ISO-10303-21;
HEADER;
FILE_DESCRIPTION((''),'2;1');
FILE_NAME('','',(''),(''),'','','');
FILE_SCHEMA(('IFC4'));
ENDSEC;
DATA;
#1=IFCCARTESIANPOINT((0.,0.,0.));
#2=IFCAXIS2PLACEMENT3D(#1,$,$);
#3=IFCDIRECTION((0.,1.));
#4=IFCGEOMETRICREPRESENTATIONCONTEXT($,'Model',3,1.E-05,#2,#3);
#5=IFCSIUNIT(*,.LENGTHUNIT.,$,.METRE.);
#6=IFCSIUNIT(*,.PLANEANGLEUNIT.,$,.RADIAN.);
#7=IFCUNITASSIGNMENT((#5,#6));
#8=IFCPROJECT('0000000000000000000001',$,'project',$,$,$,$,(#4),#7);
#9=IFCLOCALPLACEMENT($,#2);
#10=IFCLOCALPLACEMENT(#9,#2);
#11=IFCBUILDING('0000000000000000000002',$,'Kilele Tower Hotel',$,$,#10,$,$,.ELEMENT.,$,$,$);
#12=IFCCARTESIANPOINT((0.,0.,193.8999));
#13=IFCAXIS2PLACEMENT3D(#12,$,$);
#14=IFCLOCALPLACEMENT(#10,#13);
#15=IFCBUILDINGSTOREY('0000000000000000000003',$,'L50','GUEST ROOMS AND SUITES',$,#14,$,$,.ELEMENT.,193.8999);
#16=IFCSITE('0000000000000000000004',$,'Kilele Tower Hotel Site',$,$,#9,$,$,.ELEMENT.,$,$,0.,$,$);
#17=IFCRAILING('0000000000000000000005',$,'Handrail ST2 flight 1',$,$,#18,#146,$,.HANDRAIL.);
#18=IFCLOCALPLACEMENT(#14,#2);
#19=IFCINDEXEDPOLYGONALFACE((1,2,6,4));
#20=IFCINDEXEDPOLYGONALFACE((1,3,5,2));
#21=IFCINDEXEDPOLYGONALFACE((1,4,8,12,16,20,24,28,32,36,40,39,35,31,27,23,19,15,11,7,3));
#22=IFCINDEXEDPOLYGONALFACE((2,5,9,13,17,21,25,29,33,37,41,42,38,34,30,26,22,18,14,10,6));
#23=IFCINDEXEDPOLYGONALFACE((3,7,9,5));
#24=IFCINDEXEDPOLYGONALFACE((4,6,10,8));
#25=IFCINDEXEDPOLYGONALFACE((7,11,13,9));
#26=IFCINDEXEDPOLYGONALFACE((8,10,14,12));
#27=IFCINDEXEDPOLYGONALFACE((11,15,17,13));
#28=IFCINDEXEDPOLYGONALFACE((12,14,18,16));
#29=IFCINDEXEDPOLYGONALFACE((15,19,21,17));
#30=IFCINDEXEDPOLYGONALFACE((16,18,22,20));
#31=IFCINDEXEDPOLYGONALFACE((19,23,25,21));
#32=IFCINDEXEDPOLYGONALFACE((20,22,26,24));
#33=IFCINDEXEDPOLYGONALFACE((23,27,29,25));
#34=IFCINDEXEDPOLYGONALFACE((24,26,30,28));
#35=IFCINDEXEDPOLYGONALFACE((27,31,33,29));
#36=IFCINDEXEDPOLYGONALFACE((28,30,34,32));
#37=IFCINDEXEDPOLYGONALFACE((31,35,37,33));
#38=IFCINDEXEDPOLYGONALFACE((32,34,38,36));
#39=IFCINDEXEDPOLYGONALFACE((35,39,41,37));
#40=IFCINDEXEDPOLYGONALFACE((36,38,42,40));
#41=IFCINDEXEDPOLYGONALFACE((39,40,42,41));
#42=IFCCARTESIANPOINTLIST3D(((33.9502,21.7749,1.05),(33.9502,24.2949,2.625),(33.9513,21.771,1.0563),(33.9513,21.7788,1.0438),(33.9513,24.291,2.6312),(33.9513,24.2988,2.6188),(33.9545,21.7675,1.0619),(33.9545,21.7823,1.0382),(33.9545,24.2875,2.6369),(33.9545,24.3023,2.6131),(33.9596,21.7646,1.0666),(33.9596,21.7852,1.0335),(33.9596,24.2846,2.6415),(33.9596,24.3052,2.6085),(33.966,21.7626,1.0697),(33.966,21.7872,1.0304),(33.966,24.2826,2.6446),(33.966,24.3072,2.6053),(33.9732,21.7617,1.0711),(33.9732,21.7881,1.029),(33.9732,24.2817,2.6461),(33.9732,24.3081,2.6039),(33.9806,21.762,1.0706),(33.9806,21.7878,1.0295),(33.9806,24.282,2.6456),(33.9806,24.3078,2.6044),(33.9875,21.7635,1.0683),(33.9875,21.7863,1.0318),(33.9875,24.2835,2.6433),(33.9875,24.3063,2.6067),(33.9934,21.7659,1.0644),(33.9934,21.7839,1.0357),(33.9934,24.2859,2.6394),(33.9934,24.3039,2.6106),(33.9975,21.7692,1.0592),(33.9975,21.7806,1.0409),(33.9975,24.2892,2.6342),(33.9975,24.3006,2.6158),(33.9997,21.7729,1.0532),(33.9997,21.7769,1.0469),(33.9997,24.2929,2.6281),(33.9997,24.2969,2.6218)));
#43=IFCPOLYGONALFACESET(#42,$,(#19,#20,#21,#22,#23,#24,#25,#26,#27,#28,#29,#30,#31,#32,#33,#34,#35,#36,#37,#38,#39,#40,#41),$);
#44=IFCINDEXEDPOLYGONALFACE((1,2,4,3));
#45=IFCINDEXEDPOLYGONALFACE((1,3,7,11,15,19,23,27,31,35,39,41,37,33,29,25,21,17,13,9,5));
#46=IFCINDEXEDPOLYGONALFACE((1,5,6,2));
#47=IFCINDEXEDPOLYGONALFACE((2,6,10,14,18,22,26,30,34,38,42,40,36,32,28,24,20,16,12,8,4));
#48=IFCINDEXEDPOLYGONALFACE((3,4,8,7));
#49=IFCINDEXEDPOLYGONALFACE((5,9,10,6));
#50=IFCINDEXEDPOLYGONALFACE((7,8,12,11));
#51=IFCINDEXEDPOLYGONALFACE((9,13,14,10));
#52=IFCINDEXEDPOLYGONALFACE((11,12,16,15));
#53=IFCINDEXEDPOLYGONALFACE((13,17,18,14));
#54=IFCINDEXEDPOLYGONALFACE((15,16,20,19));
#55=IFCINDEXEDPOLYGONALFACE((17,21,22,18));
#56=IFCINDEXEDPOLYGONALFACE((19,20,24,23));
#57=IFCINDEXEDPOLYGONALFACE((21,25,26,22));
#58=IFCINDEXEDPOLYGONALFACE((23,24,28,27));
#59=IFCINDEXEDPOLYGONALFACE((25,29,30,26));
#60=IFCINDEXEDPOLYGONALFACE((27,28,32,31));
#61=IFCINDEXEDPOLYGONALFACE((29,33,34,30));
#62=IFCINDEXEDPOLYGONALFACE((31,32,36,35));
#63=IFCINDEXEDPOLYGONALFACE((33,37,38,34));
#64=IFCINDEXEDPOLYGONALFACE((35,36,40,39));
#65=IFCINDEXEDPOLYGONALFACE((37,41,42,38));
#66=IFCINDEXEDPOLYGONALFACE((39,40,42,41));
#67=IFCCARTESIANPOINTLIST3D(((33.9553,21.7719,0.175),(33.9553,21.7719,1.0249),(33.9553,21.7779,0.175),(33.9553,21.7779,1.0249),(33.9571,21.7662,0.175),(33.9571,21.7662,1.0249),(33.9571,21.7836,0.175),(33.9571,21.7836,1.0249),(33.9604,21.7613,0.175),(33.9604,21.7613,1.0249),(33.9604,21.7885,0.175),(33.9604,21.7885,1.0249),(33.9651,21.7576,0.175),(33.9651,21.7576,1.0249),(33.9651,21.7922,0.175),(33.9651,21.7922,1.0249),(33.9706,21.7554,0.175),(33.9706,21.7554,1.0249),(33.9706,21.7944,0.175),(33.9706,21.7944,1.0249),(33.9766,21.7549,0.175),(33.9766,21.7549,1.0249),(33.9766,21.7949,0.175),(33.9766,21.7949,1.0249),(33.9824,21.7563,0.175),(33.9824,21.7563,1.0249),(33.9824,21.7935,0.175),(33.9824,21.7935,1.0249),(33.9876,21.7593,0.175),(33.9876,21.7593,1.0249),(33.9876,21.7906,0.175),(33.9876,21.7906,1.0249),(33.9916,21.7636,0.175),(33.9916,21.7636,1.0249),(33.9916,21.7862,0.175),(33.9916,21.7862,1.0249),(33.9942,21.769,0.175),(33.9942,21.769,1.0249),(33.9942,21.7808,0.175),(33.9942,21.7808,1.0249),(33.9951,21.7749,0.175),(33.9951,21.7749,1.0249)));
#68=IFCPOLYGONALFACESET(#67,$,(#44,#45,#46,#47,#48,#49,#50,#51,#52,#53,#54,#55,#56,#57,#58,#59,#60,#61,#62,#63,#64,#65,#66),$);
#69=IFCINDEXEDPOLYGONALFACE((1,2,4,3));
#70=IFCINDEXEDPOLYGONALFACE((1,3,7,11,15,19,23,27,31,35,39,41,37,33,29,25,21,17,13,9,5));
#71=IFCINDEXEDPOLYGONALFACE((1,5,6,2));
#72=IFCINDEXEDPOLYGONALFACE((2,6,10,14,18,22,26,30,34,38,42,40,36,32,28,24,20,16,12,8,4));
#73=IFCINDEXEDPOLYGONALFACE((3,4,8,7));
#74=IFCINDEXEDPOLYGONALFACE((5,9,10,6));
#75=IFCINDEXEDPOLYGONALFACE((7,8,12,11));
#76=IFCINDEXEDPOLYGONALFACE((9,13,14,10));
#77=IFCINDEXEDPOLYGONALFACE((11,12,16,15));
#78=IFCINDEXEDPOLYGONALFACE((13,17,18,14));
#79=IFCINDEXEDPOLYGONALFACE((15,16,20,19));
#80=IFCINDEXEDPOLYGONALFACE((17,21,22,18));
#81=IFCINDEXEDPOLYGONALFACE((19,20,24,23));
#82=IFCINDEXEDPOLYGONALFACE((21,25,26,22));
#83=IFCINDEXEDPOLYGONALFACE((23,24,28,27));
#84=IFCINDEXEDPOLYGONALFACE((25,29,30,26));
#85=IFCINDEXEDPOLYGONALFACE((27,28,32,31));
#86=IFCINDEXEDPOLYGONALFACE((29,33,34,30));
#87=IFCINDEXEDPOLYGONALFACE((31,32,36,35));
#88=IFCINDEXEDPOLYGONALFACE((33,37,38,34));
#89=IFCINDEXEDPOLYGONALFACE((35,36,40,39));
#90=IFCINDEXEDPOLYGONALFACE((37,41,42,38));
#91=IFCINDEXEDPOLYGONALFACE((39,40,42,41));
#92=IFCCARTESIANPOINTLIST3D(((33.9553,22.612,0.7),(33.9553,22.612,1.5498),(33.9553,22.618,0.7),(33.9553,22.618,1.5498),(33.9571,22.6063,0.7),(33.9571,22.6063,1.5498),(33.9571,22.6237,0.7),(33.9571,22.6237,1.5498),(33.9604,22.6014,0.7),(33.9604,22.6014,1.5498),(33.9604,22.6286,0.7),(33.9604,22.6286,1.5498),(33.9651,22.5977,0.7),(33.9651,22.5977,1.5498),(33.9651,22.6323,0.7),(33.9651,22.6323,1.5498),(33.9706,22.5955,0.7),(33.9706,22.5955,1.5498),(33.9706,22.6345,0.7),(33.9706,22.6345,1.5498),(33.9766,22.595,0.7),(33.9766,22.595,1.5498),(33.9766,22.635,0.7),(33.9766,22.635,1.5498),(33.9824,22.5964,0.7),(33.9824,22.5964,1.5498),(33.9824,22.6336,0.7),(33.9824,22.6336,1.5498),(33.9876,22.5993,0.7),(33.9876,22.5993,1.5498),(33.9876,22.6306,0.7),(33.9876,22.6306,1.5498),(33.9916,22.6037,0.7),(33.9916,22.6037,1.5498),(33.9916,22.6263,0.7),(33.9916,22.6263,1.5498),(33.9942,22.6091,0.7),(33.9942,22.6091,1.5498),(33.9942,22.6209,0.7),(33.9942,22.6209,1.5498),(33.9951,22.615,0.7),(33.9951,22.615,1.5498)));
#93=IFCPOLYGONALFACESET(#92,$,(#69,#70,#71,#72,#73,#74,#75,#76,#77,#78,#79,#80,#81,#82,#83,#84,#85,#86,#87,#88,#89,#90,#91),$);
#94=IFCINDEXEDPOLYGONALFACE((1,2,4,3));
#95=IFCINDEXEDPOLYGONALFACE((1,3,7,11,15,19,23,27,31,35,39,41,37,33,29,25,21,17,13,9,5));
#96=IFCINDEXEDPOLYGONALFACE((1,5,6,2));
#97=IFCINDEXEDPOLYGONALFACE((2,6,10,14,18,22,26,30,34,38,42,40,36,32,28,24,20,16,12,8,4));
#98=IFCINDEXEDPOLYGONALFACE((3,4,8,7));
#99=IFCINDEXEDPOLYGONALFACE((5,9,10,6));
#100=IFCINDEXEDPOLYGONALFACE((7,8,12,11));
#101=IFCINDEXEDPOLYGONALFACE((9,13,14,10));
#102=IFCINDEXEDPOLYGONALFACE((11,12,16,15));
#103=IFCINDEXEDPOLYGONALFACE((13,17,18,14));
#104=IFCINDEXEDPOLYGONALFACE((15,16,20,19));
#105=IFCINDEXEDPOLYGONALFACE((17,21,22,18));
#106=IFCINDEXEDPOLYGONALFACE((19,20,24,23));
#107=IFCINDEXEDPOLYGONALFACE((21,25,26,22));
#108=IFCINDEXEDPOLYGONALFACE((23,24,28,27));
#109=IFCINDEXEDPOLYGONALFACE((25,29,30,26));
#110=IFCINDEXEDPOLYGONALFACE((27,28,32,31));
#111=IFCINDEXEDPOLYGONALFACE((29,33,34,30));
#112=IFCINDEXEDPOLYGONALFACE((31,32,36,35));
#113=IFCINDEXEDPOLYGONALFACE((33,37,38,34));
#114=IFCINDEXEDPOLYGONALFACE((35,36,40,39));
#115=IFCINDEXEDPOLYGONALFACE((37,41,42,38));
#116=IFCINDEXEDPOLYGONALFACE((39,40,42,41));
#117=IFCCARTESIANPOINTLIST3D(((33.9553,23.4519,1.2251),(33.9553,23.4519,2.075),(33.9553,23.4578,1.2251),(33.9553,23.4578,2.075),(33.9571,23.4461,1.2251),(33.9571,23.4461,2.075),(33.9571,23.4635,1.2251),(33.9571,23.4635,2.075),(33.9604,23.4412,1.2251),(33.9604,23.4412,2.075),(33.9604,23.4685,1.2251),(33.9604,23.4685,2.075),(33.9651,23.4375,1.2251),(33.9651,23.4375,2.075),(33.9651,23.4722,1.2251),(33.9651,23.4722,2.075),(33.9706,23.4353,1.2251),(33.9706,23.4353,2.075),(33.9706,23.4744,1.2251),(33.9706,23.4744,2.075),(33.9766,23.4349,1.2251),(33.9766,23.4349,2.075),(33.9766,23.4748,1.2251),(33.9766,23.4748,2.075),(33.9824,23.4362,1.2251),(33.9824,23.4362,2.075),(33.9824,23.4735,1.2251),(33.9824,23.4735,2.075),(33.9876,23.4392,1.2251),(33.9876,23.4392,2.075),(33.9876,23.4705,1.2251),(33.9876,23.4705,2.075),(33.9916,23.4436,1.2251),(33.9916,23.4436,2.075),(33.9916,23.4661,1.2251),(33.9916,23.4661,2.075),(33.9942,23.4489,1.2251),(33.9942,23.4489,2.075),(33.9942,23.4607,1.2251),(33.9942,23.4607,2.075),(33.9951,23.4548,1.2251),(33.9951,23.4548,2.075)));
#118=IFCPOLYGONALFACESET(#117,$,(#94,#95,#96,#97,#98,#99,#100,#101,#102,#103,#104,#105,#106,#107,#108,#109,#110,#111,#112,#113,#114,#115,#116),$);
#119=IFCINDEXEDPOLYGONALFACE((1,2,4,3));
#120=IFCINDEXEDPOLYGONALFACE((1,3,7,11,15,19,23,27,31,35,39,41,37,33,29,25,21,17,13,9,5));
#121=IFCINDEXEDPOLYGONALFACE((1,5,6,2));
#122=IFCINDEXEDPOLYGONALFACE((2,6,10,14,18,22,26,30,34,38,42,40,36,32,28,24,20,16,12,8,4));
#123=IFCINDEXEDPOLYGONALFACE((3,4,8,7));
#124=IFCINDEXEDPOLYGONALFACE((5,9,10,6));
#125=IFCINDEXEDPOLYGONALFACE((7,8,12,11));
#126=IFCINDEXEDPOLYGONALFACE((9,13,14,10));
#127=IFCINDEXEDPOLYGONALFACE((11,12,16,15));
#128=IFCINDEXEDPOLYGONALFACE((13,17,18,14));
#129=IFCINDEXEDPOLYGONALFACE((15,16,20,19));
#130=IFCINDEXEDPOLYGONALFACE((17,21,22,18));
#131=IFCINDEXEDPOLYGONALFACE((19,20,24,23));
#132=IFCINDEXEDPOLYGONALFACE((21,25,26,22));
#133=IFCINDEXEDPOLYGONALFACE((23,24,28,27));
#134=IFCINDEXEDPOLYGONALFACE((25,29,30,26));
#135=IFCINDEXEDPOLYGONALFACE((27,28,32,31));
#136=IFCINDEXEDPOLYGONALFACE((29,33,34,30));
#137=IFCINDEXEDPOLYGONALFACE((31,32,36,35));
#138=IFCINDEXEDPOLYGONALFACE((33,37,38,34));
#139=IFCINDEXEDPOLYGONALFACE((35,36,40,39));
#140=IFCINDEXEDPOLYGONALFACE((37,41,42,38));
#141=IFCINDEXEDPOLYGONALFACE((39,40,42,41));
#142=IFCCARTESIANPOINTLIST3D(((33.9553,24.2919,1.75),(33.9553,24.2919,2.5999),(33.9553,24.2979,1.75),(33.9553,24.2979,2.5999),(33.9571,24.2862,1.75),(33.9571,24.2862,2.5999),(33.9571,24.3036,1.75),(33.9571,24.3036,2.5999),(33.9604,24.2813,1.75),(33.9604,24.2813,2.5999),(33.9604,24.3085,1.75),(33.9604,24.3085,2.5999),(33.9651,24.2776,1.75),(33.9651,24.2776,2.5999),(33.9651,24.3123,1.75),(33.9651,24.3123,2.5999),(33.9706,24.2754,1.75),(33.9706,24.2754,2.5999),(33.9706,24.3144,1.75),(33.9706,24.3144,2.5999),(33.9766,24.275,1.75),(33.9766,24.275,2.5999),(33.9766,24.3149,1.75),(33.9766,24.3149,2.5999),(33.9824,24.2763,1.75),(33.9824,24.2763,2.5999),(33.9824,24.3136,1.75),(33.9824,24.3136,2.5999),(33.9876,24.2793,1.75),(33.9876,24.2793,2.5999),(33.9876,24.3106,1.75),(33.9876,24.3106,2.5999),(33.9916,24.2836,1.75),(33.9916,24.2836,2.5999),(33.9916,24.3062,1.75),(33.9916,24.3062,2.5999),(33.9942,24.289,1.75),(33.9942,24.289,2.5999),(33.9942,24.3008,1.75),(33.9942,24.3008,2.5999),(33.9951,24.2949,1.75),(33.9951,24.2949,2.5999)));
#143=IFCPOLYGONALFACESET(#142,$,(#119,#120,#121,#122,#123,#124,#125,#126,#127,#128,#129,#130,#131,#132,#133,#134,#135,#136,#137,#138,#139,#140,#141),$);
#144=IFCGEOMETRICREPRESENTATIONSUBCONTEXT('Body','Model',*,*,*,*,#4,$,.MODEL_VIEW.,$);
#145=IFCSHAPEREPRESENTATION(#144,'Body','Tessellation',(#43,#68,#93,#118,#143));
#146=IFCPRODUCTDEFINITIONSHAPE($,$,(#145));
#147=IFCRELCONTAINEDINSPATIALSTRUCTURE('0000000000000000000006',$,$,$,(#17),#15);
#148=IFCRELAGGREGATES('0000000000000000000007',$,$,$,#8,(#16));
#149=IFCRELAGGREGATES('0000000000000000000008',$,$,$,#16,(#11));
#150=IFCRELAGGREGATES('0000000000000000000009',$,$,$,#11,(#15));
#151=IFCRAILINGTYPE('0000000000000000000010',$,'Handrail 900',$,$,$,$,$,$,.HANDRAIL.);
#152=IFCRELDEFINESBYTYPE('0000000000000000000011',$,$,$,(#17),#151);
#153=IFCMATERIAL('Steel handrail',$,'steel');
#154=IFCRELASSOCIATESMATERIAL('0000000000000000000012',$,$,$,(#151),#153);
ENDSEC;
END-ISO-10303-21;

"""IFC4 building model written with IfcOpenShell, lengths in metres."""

from ifc_helpers import new_model, si_unit, direction, frame, origin, origin_2d, place, context, subcontext, project, spatial, circle, extrude, material, type_object, element, save


model = new_model("IFC4")

# Units and contexts
model_context = context("Model", 3, precision=1e-05, world=origin(), true_north=direction((0.0, 1.0)))
body_context = subcontext(model_context, "Body", "Model", "MODEL_VIEW")
ifc_project = project(units=[si_unit("LENGTHUNIT", "METRE"), si_unit("PLANEANGLEUNIT", "RADIAN")], contexts=[model_context])

# Site, building, storey
site_placement = place(None, origin())
site = spatial("IfcSite", under=ifc_project, at=site_placement, Name="Kilele Tower Hotel Site", CompositionType="ELEMENT", RefElevation=0.0)
building_placement = place(site_placement, origin())
building = spatial("IfcBuilding", under=site, at=building_placement, Name="Kilele Tower Hotel", CompositionType="ELEMENT")
storey_placement = place(building_placement, frame((0.0, 0.0, 193.8999)))
storey = spatial("IfcBuildingStorey", under=building, at=storey_placement, Name="L50", Description="GUEST ROOMS AND SUITES", CompositionType="ELEMENT", Elevation=193.8999)

# Railing
ifc_material_1 = material(Name="Steel handrail", Category="steel")
railing_type_1 = type_object("IfcRailingType", Name="Handrail 900", PredefinedType="HANDRAIL", material=ifc_material_1)
for number, where, name in (
    (1, (33.9751, 21.7749, 0.175), "Handrail ST2 flight 1"),
):
    element("IfcRailing", number, at=place(storey_placement, frame(where)), inside=storey, type_object=railing_type_1, Name=name, PredefinedType="HANDRAIL", context=body_context, shape_type="SweptSolid", body=[
        extrude(circle(Radius=0.0249, at=origin_2d()), frame((0.0, 0.0, 0.875), z_axis=(0.0, 0.848008, 0.529984), x_axis=(-1.0, 0.0, 0.0)), (0.0, 0.0, 1.0), 2.9717),
        extrude(circle(Radius=0.02, at=origin_2d()), origin(), (0.0, 0.0, 1.0), 0.8499),
        extrude(circle(Radius=0.02, at=origin_2d()), frame((0.0, 0.8401, 0.5249)), (0.0, 0.0, 1.0), 0.8499),
        extrude(circle(Radius=0.02, at=origin_2d()), frame((0.0, 1.6799, 1.05)), (0.0, 0.0, 1.0), 0.8499),
        extrude(circle(Radius=0.02, at=origin_2d()), frame((0.0, 2.52, 1.575)), (0.0, 0.0, 1.0), 0.8499),
    ])

save(model, "model.ifc")
